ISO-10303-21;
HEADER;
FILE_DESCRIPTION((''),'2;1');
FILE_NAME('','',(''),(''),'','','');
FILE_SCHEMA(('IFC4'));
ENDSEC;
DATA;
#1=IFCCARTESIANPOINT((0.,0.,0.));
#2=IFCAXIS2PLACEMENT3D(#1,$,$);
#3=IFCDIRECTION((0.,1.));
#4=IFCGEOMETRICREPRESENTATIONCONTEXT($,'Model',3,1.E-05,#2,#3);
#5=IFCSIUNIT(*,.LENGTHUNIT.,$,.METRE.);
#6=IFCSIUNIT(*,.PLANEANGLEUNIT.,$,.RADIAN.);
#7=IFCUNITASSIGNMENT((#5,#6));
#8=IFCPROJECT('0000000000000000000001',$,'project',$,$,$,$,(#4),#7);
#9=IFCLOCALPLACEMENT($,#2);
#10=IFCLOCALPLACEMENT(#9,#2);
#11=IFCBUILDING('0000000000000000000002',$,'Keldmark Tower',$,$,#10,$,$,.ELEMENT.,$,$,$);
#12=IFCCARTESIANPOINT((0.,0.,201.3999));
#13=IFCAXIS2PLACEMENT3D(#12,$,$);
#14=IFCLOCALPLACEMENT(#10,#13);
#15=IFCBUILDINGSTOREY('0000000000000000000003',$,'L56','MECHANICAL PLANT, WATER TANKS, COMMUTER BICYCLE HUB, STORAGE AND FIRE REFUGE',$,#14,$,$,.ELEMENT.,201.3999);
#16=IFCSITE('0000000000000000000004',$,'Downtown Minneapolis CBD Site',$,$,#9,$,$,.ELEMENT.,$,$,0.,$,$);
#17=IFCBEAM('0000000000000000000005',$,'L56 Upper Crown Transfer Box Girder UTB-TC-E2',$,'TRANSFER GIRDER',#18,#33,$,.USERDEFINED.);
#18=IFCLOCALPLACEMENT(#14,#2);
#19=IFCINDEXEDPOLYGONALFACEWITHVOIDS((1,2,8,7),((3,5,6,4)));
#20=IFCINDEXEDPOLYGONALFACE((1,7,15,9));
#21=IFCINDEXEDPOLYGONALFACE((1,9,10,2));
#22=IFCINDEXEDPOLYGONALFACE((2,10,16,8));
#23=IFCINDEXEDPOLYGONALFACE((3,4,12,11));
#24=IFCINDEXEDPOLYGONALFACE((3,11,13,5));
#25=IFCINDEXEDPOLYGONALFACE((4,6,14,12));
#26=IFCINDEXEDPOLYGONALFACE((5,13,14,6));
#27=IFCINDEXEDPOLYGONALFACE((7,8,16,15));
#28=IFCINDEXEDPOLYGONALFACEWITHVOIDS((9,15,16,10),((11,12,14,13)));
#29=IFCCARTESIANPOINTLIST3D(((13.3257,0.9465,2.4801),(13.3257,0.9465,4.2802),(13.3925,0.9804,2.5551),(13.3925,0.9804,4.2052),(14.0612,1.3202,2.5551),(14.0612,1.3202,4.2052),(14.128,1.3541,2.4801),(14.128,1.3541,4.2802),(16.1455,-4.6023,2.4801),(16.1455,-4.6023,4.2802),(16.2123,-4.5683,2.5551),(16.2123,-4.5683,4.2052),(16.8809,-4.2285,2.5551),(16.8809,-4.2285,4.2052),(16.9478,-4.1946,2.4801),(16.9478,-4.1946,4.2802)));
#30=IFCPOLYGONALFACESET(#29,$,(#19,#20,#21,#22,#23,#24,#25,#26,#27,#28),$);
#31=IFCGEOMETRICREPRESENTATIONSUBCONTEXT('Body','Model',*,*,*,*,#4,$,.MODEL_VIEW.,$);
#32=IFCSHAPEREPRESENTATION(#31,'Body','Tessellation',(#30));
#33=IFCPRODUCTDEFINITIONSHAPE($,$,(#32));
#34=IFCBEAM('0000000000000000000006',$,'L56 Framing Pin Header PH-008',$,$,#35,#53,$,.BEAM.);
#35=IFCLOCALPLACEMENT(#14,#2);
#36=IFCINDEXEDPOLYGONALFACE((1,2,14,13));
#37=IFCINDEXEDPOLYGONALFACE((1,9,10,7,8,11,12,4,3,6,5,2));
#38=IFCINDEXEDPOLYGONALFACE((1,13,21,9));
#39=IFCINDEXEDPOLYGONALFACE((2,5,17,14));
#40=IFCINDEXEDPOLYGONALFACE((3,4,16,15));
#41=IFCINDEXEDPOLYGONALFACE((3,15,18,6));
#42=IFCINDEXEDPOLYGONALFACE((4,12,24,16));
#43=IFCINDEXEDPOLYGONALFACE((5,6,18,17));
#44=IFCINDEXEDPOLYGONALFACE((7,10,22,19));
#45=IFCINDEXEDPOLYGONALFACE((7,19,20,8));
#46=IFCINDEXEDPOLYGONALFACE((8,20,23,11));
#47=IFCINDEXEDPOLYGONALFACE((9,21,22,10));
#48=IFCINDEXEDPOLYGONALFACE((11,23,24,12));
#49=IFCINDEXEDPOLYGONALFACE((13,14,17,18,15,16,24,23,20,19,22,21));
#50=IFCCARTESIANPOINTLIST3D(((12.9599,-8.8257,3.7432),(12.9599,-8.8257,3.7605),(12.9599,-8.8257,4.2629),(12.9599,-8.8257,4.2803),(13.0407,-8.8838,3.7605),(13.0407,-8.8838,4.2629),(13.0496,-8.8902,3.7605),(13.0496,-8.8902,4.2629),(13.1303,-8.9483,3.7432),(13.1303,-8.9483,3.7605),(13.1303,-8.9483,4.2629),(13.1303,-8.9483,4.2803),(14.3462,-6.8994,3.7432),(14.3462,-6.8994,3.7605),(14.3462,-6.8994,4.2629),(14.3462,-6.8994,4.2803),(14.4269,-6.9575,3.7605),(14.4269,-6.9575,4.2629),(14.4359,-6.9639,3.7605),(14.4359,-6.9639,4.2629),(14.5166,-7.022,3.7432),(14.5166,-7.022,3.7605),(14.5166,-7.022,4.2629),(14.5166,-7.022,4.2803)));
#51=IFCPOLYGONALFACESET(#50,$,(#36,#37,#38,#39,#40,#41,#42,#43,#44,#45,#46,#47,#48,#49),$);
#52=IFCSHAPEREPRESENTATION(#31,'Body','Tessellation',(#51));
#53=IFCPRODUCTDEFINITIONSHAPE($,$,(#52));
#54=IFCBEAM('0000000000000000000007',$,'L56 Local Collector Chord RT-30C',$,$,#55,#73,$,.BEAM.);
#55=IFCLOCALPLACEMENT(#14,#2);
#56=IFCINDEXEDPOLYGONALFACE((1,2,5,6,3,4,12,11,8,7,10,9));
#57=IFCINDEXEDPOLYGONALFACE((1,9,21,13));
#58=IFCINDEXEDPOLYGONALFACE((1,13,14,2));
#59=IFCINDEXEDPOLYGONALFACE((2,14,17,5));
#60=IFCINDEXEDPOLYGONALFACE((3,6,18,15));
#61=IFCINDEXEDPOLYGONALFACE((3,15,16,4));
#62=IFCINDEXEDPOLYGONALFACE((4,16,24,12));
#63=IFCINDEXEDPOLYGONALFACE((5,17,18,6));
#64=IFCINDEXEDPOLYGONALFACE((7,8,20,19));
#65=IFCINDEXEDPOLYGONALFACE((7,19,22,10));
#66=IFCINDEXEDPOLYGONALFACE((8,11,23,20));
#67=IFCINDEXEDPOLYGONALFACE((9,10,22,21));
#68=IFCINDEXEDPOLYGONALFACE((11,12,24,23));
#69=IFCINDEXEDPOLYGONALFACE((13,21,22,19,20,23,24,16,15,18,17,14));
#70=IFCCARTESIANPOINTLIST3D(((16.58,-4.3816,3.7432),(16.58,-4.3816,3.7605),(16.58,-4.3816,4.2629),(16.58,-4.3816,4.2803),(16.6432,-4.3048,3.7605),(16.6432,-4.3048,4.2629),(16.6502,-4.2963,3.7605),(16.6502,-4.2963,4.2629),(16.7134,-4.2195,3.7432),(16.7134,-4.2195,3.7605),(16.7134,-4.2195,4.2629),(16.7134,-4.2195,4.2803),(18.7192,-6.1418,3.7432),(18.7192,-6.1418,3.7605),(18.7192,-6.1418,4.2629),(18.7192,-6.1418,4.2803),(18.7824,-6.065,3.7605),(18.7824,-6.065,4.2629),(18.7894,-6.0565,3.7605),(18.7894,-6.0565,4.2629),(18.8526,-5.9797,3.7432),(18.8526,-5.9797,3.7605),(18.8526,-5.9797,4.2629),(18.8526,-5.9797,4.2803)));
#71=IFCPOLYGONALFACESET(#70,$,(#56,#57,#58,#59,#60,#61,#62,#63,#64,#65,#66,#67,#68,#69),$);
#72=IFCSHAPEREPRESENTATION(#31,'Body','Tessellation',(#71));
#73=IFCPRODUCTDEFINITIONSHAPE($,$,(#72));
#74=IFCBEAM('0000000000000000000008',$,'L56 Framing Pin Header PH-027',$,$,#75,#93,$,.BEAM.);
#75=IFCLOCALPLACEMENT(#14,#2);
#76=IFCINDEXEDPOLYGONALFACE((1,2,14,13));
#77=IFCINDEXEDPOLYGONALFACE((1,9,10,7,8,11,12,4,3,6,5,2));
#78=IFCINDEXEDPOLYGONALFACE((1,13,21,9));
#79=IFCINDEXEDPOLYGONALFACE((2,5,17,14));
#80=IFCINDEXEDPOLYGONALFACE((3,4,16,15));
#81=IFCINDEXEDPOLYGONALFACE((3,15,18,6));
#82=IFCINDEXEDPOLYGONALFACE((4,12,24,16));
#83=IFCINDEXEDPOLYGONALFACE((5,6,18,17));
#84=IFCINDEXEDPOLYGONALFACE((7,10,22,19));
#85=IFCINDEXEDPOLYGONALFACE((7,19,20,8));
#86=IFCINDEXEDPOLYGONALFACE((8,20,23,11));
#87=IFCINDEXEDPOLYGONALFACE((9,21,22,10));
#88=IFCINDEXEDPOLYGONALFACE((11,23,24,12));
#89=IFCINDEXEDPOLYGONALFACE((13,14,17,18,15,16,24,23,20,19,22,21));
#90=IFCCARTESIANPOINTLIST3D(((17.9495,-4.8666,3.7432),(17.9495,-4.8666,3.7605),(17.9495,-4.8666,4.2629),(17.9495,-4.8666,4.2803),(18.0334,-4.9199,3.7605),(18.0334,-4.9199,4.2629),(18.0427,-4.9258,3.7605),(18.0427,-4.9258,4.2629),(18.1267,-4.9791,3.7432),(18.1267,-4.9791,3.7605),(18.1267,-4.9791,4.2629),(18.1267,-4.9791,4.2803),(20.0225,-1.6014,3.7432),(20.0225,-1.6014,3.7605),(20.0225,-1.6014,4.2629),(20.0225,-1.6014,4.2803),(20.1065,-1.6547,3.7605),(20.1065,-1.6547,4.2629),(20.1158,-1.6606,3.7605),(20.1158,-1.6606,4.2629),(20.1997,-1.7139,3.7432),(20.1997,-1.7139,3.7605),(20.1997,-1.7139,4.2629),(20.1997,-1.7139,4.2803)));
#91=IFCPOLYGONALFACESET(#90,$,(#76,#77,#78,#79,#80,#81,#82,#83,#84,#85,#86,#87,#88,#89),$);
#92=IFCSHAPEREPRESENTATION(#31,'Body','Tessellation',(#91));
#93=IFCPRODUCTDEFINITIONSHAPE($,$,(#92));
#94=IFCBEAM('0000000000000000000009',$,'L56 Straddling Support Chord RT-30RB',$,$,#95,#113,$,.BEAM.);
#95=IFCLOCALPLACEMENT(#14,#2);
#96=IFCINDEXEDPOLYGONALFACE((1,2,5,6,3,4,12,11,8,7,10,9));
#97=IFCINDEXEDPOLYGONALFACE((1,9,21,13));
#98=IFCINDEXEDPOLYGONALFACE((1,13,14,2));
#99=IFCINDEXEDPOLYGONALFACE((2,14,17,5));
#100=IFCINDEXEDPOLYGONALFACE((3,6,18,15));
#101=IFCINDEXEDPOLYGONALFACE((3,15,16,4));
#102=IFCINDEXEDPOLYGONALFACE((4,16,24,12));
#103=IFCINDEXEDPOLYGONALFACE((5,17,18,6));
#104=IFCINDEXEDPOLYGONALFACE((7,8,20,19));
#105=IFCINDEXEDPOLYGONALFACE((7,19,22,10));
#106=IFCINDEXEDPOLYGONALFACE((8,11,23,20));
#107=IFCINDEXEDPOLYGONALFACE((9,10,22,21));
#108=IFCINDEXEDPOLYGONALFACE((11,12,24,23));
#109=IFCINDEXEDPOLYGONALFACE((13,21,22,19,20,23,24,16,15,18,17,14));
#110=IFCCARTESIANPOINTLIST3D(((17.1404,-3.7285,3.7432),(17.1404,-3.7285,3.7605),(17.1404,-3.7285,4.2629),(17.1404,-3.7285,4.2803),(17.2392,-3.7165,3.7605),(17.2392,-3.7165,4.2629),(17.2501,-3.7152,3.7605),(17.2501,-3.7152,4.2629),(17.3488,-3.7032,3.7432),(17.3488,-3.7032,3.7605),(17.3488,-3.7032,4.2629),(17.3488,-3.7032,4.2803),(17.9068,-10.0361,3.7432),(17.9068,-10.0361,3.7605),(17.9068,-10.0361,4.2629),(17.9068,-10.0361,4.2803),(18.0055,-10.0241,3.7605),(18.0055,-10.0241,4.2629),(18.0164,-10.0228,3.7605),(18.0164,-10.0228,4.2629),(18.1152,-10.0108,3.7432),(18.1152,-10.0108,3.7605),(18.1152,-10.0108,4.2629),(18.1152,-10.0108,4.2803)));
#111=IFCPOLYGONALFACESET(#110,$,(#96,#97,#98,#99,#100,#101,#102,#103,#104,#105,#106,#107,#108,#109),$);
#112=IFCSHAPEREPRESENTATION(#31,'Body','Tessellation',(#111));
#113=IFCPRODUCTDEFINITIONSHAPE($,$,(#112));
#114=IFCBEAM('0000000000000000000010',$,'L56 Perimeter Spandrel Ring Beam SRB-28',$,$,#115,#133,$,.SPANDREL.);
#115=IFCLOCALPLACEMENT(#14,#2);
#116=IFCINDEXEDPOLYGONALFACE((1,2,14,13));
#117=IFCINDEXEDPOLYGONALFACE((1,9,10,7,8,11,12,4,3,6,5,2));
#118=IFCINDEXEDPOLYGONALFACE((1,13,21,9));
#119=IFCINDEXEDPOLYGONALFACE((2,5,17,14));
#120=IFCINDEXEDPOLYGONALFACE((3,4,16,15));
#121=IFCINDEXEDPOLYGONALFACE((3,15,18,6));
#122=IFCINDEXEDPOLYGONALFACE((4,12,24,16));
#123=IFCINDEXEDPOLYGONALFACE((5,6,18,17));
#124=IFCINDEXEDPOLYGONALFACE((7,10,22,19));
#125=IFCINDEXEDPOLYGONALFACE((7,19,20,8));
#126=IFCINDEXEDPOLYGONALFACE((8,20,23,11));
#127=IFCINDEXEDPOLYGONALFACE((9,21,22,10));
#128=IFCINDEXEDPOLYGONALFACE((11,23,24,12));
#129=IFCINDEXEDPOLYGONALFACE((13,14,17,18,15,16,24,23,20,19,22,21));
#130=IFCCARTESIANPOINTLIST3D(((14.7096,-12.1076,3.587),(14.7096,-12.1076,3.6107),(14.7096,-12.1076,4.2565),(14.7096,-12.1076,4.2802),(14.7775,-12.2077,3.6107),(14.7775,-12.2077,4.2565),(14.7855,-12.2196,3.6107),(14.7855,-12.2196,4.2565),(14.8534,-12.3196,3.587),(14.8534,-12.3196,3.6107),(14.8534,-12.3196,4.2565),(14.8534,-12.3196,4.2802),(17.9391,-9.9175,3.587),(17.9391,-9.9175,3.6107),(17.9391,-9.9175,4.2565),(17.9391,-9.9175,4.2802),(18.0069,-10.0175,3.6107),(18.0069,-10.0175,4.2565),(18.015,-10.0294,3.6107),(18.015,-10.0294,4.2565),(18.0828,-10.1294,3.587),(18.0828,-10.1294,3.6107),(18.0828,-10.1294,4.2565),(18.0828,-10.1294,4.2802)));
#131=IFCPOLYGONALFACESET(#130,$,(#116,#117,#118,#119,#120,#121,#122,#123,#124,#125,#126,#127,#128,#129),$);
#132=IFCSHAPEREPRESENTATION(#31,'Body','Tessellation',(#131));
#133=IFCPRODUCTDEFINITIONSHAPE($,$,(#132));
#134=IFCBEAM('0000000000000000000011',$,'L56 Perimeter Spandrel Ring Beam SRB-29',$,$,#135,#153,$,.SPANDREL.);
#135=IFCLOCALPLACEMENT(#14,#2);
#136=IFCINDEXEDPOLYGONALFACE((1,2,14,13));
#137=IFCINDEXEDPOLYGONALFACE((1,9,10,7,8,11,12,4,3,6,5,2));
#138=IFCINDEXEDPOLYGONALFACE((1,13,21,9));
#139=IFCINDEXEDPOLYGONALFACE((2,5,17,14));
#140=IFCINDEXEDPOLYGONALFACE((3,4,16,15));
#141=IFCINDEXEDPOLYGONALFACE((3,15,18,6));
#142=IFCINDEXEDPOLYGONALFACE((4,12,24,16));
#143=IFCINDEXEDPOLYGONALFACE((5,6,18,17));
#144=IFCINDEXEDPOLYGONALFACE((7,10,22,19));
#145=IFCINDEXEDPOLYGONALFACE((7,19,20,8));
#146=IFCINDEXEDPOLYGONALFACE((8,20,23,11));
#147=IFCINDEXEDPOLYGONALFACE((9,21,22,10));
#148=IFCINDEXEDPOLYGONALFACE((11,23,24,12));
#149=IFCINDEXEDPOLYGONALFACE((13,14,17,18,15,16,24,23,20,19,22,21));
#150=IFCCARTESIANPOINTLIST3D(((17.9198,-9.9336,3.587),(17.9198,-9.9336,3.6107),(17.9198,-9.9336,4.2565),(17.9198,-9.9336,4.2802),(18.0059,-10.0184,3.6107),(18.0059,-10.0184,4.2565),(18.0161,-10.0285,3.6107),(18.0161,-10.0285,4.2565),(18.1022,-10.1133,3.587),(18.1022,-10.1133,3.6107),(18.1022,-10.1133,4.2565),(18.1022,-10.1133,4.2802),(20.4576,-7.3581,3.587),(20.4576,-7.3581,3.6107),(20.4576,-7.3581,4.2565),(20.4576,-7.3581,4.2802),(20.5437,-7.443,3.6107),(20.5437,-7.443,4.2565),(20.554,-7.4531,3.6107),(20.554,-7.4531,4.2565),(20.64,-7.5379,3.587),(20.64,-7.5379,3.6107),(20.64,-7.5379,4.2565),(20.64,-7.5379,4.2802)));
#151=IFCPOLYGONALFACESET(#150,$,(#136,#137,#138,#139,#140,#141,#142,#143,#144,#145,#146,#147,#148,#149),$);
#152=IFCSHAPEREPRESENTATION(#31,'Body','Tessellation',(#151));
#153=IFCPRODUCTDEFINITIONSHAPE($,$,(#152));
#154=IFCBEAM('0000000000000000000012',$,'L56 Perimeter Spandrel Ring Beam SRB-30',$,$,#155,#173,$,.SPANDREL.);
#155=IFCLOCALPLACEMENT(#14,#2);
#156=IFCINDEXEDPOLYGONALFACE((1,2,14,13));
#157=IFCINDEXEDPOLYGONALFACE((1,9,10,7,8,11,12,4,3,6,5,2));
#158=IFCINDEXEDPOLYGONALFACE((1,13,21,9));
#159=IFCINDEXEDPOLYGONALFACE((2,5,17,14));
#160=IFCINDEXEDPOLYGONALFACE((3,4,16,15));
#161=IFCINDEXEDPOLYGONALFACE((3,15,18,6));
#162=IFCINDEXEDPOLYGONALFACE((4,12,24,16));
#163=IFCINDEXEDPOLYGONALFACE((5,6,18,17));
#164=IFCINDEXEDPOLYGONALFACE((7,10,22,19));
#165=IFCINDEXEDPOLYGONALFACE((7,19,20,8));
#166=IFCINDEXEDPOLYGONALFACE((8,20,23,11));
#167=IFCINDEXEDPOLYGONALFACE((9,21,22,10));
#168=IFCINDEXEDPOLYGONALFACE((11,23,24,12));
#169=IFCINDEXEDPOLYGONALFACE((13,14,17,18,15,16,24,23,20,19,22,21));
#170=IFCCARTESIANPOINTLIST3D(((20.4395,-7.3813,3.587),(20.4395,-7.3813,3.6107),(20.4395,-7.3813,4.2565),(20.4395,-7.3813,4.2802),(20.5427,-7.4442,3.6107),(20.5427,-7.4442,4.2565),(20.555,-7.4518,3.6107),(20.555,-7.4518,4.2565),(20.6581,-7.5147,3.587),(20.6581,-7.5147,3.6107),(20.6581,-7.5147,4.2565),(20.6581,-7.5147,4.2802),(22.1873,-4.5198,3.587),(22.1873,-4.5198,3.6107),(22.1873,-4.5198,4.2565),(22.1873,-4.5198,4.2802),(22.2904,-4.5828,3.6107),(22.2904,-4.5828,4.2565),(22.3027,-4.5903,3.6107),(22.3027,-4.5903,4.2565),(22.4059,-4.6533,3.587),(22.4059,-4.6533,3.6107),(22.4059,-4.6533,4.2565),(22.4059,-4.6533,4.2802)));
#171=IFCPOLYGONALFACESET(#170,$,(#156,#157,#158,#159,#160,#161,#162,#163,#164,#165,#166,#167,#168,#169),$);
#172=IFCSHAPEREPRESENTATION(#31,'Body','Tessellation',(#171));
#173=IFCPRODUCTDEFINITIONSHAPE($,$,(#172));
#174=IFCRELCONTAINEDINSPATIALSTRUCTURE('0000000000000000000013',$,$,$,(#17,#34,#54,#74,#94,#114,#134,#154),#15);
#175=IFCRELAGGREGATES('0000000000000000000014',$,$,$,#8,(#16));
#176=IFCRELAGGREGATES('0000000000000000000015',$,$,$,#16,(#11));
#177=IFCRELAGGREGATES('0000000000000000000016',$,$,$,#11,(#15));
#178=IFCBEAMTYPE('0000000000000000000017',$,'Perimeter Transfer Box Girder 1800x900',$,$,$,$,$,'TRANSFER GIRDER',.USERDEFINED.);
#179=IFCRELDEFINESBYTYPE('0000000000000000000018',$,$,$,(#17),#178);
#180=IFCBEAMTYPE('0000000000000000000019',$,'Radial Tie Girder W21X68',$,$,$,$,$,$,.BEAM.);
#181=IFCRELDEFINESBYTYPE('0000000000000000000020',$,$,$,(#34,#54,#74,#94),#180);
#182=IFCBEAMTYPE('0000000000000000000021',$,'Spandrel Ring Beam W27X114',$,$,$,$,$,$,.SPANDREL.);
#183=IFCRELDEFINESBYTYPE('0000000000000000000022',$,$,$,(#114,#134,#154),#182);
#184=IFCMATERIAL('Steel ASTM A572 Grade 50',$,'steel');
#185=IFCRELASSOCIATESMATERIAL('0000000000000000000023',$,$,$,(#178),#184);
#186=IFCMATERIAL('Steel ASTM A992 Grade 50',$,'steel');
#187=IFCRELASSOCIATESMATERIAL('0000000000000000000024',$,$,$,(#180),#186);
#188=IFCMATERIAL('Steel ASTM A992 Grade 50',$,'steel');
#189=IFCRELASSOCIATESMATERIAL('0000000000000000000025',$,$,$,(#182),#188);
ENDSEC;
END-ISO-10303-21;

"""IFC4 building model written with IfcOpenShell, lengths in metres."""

from ifc_helpers import new_model, si_unit, direction, frame, origin, origin_2d, place, context, subcontext, project, spatial, hollow_rectangle, i_section, extrude, material, material_profile, profile_set, type_object, element, save


model = new_model("IFC4")

# Units and contexts
model_context = context("Model", 3, precision=1e-05, world=origin(), true_north=direction((0.0, 1.0)))
body_context = subcontext(model_context, "Body", "Model", "MODEL_VIEW")
ifc_project = project(units=[si_unit("LENGTHUNIT", "METRE"), si_unit("PLANEANGLEUNIT", "RADIAN")], contexts=[model_context])

# Site, building, storey
site_placement = place(None, origin())
site = spatial("IfcSite", under=ifc_project, at=site_placement, Name="Downtown Minneapolis CBD Site", CompositionType="ELEMENT", RefElevation=0.0)
building_placement = place(site_placement, origin())
building = spatial("IfcBuilding", under=site, at=building_placement, Name="Keldmark Tower", CompositionType="ELEMENT")
storey_placement = place(building_placement, frame((0.0, 0.0, 201.3999)))
storey = spatial("IfcBuildingStorey", under=building, at=storey_placement, Name="L56", Description="MECHANICAL PLANT, WATER TANKS, COMMUTER BICYCLE HUB, STORAGE AND FIRE REFUGE", CompositionType="ELEMENT", Elevation=201.3999)

# Beams
ifc_material_1 = material(Name="Steel ASTM A572 Grade 50", Category="steel")
ifc_material_profile_1 = material_profile(ifc_material_1, hollow_rectangle(XDim=0.8999, YDim=1.8, WallThickness=0.075, at=origin_2d()), Name="TBOX1800X900X75")
ifc_profile_set_1 = profile_set([ifc_material_profile_1], Name="Steel ASTM A572 Grade 50")
beam_type_1 = type_object("IfcBeamType", Name="Perimeter Transfer Box Girder 1800x900", ElementType="TRANSFER GIRDER", PredefinedType="USERDEFINED", material=ifc_profile_set_1)
beam_1_placement = place(storey_placement, frame((16.5466, -4.3984, 3.3801), z_axis=(-0.453041, 0.89149, 0.0), x_axis=(-0.89149, -0.453041, 0.0)))
element("IfcBeam", 1, at=beam_1_placement, inside=storey, type_object=beam_type_1, Name="L56 Upper Crown Transfer Box Girder UTB-TC-E2", ObjectType="TRANSFER GIRDER", PredefinedType="USERDEFINED", context=body_context, shape_type="SweptSolid", body=[
    extrude(hollow_rectangle(XDim=0.8999, YDim=1.8, WallThickness=0.075, at=origin_2d()), origin(), (0.0, 0.0, 1.0), 6.2241),
])
ifc_material_2 = material(Name="Steel ASTM A992 Grade 50", Category="steel")
ifc_material_profile_2 = material_profile(ifc_material_2, i_section(OverallWidth=0.21, OverallDepth=0.5371, WebThickness=0.011, FlangeThickness=0.0173, at=origin_2d()), Name="W21X68")
ifc_profile_set_2 = profile_set([ifc_material_profile_2], Name="Steel ASTM A992 Grade 50")
beam_type_2 = type_object("IfcBeamType", Name="Radial Tie Girder W21X68", PredefinedType="BEAM", material=ifc_profile_set_2)
beam_2_placement = place(storey_placement, frame((14.4314, -6.9607, 4.0117), z_axis=(-0.584115, -0.811671, 0.0), x_axis=(0.811671, -0.584115, 0.0)))
element("IfcBeam", 2, at=beam_2_placement, inside=storey, type_object=beam_type_2, Name="L56 Framing Pin Header PH-008", PredefinedType="BEAM", context=body_context, shape_type="SweptSolid", body=[
    extrude(i_section(OverallWidth=0.21, OverallDepth=0.5371, WebThickness=0.011, FlangeThickness=0.0173, at=origin_2d()), origin(), (0.0, 0.0, 1.0), 2.3733),
])
beam_3_placement = place(storey_placement, frame((16.6467, -4.3005, 4.0117), z_axis=(0.772179, -0.635404, 0.0), x_axis=(0.635404, 0.772179, 0.0)))
element("IfcBeam", 3, at=beam_3_placement, inside=storey, type_object=beam_type_2, Name="L56 Local Collector Chord RT-30C", PredefinedType="BEAM", context=body_context, shape_type="SweptSolid", body=[
    extrude(i_section(OverallWidth=0.21, OverallDepth=0.5371, WebThickness=0.011, FlangeThickness=0.0173, at=origin_2d()), origin(), (0.0, 0.0, 1.0), 2.7703),
])
beam_4_placement = place(storey_placement, frame((18.0381, -4.9229, 4.0117), z_axis=(0.535989, 0.844225, 0.0), x_axis=(-0.844225, 0.535989, 0.0)))
element("IfcBeam", 4, at=beam_4_placement, inside=storey, type_object=beam_type_2, Name="L56 Framing Pin Header PH-027", PredefinedType="BEAM", context=body_context, shape_type="SweptSolid", body=[
    extrude(i_section(OverallWidth=0.21, OverallDepth=0.5371, WebThickness=0.011, FlangeThickness=0.0173, at=origin_2d()), origin(), (0.0, 0.0, 1.0), 3.8677),
])
beam_5_placement = place(storey_placement, frame((18.011, -10.0234, 4.0117), z_axis=(-0.12061, 0.9927, 0.0), x_axis=(-0.9927, -0.12061, 0.0)))
element("IfcBeam", 5, at=beam_5_placement, inside=storey, type_object=beam_type_2, Name="L56 Straddling Support Chord RT-30RB", PredefinedType="BEAM", context=body_context, shape_type="SweptSolid", body=[
    extrude(i_section(OverallWidth=0.21, OverallDepth=0.5371, WebThickness=0.011, FlangeThickness=0.0173, at=origin_2d()), origin(), (0.0, 0.0, 1.0), 6.354),
])
ifc_material_3 = material(Name="Steel ASTM A992 Grade 50", Category="steel")
ifc_material_profile_3 = material_profile(ifc_material_3, i_section(OverallWidth=0.2561, OverallDepth=0.6931, WebThickness=0.0144, FlangeThickness=0.0237, at=origin_2d()), Name="W27X114")
ifc_profile_set_3 = profile_set([ifc_material_profile_3], Name="Steel ASTM A992 Grade 50")
beam_type_3 = type_object("IfcBeamType", Name="Spandrel Ring Beam W27X114", PredefinedType="SPANDREL", material=ifc_profile_set_3)
beam_6_placement = place(storey_placement, frame((14.7815, -12.2136, 3.9336), z_axis=(0.827625, 0.561281, 0.0), x_axis=(-0.561281, 0.827625, 0.0)))
element("IfcBeam", 6, at=beam_6_placement, inside=storey, type_object=beam_type_3, Name="L56 Perimeter Spandrel Ring Beam SRB-28", PredefinedType="SPANDREL", context=body_context, shape_type="SweptSolid", body=[
    extrude(i_section(OverallWidth=0.2561, OverallDepth=0.6931, WebThickness=0.0144, FlangeThickness=0.0237, at=origin_2d()), origin(), (0.0, 0.0, 1.0), 3.9021),
])
beam_7_placement = place(storey_placement, frame((18.011, -10.0234, 3.9336), z_axis=(0.701888, 0.712287, 0.0), x_axis=(-0.712287, 0.701888, 0.0)))
element("IfcBeam", 7, at=beam_7_placement, inside=storey, type_object=beam_type_3, Name="L56 Perimeter Spandrel Ring Beam SRB-29", PredefinedType="SPANDREL", context=body_context, shape_type="SweptSolid", body=[
    extrude(i_section(OverallWidth=0.2561, OverallDepth=0.6931, WebThickness=0.0144, FlangeThickness=0.0237, at=origin_2d()), origin(), (0.0, 0.0, 1.0), 3.6157),
])
beam_8_placement = place(storey_placement, frame((20.5488, -7.448, 3.9336), z_axis=(0.521247, 0.853406, 0.0), x_axis=(-0.853406, 0.521247, 0.0)))
element("IfcBeam", 8, at=beam_8_placement, inside=storey, type_object=beam_type_3, Name="L56 Perimeter Spandrel Ring Beam SRB-30", PredefinedType="SPANDREL", context=body_context, shape_type="SweptSolid", body=[
    extrude(i_section(OverallWidth=0.2561, OverallDepth=0.6931, WebThickness=0.0144, FlangeThickness=0.0237, at=origin_2d()), origin(), (0.0, 0.0, 1.0), 3.353),
])

save(model, "model.ifc")
